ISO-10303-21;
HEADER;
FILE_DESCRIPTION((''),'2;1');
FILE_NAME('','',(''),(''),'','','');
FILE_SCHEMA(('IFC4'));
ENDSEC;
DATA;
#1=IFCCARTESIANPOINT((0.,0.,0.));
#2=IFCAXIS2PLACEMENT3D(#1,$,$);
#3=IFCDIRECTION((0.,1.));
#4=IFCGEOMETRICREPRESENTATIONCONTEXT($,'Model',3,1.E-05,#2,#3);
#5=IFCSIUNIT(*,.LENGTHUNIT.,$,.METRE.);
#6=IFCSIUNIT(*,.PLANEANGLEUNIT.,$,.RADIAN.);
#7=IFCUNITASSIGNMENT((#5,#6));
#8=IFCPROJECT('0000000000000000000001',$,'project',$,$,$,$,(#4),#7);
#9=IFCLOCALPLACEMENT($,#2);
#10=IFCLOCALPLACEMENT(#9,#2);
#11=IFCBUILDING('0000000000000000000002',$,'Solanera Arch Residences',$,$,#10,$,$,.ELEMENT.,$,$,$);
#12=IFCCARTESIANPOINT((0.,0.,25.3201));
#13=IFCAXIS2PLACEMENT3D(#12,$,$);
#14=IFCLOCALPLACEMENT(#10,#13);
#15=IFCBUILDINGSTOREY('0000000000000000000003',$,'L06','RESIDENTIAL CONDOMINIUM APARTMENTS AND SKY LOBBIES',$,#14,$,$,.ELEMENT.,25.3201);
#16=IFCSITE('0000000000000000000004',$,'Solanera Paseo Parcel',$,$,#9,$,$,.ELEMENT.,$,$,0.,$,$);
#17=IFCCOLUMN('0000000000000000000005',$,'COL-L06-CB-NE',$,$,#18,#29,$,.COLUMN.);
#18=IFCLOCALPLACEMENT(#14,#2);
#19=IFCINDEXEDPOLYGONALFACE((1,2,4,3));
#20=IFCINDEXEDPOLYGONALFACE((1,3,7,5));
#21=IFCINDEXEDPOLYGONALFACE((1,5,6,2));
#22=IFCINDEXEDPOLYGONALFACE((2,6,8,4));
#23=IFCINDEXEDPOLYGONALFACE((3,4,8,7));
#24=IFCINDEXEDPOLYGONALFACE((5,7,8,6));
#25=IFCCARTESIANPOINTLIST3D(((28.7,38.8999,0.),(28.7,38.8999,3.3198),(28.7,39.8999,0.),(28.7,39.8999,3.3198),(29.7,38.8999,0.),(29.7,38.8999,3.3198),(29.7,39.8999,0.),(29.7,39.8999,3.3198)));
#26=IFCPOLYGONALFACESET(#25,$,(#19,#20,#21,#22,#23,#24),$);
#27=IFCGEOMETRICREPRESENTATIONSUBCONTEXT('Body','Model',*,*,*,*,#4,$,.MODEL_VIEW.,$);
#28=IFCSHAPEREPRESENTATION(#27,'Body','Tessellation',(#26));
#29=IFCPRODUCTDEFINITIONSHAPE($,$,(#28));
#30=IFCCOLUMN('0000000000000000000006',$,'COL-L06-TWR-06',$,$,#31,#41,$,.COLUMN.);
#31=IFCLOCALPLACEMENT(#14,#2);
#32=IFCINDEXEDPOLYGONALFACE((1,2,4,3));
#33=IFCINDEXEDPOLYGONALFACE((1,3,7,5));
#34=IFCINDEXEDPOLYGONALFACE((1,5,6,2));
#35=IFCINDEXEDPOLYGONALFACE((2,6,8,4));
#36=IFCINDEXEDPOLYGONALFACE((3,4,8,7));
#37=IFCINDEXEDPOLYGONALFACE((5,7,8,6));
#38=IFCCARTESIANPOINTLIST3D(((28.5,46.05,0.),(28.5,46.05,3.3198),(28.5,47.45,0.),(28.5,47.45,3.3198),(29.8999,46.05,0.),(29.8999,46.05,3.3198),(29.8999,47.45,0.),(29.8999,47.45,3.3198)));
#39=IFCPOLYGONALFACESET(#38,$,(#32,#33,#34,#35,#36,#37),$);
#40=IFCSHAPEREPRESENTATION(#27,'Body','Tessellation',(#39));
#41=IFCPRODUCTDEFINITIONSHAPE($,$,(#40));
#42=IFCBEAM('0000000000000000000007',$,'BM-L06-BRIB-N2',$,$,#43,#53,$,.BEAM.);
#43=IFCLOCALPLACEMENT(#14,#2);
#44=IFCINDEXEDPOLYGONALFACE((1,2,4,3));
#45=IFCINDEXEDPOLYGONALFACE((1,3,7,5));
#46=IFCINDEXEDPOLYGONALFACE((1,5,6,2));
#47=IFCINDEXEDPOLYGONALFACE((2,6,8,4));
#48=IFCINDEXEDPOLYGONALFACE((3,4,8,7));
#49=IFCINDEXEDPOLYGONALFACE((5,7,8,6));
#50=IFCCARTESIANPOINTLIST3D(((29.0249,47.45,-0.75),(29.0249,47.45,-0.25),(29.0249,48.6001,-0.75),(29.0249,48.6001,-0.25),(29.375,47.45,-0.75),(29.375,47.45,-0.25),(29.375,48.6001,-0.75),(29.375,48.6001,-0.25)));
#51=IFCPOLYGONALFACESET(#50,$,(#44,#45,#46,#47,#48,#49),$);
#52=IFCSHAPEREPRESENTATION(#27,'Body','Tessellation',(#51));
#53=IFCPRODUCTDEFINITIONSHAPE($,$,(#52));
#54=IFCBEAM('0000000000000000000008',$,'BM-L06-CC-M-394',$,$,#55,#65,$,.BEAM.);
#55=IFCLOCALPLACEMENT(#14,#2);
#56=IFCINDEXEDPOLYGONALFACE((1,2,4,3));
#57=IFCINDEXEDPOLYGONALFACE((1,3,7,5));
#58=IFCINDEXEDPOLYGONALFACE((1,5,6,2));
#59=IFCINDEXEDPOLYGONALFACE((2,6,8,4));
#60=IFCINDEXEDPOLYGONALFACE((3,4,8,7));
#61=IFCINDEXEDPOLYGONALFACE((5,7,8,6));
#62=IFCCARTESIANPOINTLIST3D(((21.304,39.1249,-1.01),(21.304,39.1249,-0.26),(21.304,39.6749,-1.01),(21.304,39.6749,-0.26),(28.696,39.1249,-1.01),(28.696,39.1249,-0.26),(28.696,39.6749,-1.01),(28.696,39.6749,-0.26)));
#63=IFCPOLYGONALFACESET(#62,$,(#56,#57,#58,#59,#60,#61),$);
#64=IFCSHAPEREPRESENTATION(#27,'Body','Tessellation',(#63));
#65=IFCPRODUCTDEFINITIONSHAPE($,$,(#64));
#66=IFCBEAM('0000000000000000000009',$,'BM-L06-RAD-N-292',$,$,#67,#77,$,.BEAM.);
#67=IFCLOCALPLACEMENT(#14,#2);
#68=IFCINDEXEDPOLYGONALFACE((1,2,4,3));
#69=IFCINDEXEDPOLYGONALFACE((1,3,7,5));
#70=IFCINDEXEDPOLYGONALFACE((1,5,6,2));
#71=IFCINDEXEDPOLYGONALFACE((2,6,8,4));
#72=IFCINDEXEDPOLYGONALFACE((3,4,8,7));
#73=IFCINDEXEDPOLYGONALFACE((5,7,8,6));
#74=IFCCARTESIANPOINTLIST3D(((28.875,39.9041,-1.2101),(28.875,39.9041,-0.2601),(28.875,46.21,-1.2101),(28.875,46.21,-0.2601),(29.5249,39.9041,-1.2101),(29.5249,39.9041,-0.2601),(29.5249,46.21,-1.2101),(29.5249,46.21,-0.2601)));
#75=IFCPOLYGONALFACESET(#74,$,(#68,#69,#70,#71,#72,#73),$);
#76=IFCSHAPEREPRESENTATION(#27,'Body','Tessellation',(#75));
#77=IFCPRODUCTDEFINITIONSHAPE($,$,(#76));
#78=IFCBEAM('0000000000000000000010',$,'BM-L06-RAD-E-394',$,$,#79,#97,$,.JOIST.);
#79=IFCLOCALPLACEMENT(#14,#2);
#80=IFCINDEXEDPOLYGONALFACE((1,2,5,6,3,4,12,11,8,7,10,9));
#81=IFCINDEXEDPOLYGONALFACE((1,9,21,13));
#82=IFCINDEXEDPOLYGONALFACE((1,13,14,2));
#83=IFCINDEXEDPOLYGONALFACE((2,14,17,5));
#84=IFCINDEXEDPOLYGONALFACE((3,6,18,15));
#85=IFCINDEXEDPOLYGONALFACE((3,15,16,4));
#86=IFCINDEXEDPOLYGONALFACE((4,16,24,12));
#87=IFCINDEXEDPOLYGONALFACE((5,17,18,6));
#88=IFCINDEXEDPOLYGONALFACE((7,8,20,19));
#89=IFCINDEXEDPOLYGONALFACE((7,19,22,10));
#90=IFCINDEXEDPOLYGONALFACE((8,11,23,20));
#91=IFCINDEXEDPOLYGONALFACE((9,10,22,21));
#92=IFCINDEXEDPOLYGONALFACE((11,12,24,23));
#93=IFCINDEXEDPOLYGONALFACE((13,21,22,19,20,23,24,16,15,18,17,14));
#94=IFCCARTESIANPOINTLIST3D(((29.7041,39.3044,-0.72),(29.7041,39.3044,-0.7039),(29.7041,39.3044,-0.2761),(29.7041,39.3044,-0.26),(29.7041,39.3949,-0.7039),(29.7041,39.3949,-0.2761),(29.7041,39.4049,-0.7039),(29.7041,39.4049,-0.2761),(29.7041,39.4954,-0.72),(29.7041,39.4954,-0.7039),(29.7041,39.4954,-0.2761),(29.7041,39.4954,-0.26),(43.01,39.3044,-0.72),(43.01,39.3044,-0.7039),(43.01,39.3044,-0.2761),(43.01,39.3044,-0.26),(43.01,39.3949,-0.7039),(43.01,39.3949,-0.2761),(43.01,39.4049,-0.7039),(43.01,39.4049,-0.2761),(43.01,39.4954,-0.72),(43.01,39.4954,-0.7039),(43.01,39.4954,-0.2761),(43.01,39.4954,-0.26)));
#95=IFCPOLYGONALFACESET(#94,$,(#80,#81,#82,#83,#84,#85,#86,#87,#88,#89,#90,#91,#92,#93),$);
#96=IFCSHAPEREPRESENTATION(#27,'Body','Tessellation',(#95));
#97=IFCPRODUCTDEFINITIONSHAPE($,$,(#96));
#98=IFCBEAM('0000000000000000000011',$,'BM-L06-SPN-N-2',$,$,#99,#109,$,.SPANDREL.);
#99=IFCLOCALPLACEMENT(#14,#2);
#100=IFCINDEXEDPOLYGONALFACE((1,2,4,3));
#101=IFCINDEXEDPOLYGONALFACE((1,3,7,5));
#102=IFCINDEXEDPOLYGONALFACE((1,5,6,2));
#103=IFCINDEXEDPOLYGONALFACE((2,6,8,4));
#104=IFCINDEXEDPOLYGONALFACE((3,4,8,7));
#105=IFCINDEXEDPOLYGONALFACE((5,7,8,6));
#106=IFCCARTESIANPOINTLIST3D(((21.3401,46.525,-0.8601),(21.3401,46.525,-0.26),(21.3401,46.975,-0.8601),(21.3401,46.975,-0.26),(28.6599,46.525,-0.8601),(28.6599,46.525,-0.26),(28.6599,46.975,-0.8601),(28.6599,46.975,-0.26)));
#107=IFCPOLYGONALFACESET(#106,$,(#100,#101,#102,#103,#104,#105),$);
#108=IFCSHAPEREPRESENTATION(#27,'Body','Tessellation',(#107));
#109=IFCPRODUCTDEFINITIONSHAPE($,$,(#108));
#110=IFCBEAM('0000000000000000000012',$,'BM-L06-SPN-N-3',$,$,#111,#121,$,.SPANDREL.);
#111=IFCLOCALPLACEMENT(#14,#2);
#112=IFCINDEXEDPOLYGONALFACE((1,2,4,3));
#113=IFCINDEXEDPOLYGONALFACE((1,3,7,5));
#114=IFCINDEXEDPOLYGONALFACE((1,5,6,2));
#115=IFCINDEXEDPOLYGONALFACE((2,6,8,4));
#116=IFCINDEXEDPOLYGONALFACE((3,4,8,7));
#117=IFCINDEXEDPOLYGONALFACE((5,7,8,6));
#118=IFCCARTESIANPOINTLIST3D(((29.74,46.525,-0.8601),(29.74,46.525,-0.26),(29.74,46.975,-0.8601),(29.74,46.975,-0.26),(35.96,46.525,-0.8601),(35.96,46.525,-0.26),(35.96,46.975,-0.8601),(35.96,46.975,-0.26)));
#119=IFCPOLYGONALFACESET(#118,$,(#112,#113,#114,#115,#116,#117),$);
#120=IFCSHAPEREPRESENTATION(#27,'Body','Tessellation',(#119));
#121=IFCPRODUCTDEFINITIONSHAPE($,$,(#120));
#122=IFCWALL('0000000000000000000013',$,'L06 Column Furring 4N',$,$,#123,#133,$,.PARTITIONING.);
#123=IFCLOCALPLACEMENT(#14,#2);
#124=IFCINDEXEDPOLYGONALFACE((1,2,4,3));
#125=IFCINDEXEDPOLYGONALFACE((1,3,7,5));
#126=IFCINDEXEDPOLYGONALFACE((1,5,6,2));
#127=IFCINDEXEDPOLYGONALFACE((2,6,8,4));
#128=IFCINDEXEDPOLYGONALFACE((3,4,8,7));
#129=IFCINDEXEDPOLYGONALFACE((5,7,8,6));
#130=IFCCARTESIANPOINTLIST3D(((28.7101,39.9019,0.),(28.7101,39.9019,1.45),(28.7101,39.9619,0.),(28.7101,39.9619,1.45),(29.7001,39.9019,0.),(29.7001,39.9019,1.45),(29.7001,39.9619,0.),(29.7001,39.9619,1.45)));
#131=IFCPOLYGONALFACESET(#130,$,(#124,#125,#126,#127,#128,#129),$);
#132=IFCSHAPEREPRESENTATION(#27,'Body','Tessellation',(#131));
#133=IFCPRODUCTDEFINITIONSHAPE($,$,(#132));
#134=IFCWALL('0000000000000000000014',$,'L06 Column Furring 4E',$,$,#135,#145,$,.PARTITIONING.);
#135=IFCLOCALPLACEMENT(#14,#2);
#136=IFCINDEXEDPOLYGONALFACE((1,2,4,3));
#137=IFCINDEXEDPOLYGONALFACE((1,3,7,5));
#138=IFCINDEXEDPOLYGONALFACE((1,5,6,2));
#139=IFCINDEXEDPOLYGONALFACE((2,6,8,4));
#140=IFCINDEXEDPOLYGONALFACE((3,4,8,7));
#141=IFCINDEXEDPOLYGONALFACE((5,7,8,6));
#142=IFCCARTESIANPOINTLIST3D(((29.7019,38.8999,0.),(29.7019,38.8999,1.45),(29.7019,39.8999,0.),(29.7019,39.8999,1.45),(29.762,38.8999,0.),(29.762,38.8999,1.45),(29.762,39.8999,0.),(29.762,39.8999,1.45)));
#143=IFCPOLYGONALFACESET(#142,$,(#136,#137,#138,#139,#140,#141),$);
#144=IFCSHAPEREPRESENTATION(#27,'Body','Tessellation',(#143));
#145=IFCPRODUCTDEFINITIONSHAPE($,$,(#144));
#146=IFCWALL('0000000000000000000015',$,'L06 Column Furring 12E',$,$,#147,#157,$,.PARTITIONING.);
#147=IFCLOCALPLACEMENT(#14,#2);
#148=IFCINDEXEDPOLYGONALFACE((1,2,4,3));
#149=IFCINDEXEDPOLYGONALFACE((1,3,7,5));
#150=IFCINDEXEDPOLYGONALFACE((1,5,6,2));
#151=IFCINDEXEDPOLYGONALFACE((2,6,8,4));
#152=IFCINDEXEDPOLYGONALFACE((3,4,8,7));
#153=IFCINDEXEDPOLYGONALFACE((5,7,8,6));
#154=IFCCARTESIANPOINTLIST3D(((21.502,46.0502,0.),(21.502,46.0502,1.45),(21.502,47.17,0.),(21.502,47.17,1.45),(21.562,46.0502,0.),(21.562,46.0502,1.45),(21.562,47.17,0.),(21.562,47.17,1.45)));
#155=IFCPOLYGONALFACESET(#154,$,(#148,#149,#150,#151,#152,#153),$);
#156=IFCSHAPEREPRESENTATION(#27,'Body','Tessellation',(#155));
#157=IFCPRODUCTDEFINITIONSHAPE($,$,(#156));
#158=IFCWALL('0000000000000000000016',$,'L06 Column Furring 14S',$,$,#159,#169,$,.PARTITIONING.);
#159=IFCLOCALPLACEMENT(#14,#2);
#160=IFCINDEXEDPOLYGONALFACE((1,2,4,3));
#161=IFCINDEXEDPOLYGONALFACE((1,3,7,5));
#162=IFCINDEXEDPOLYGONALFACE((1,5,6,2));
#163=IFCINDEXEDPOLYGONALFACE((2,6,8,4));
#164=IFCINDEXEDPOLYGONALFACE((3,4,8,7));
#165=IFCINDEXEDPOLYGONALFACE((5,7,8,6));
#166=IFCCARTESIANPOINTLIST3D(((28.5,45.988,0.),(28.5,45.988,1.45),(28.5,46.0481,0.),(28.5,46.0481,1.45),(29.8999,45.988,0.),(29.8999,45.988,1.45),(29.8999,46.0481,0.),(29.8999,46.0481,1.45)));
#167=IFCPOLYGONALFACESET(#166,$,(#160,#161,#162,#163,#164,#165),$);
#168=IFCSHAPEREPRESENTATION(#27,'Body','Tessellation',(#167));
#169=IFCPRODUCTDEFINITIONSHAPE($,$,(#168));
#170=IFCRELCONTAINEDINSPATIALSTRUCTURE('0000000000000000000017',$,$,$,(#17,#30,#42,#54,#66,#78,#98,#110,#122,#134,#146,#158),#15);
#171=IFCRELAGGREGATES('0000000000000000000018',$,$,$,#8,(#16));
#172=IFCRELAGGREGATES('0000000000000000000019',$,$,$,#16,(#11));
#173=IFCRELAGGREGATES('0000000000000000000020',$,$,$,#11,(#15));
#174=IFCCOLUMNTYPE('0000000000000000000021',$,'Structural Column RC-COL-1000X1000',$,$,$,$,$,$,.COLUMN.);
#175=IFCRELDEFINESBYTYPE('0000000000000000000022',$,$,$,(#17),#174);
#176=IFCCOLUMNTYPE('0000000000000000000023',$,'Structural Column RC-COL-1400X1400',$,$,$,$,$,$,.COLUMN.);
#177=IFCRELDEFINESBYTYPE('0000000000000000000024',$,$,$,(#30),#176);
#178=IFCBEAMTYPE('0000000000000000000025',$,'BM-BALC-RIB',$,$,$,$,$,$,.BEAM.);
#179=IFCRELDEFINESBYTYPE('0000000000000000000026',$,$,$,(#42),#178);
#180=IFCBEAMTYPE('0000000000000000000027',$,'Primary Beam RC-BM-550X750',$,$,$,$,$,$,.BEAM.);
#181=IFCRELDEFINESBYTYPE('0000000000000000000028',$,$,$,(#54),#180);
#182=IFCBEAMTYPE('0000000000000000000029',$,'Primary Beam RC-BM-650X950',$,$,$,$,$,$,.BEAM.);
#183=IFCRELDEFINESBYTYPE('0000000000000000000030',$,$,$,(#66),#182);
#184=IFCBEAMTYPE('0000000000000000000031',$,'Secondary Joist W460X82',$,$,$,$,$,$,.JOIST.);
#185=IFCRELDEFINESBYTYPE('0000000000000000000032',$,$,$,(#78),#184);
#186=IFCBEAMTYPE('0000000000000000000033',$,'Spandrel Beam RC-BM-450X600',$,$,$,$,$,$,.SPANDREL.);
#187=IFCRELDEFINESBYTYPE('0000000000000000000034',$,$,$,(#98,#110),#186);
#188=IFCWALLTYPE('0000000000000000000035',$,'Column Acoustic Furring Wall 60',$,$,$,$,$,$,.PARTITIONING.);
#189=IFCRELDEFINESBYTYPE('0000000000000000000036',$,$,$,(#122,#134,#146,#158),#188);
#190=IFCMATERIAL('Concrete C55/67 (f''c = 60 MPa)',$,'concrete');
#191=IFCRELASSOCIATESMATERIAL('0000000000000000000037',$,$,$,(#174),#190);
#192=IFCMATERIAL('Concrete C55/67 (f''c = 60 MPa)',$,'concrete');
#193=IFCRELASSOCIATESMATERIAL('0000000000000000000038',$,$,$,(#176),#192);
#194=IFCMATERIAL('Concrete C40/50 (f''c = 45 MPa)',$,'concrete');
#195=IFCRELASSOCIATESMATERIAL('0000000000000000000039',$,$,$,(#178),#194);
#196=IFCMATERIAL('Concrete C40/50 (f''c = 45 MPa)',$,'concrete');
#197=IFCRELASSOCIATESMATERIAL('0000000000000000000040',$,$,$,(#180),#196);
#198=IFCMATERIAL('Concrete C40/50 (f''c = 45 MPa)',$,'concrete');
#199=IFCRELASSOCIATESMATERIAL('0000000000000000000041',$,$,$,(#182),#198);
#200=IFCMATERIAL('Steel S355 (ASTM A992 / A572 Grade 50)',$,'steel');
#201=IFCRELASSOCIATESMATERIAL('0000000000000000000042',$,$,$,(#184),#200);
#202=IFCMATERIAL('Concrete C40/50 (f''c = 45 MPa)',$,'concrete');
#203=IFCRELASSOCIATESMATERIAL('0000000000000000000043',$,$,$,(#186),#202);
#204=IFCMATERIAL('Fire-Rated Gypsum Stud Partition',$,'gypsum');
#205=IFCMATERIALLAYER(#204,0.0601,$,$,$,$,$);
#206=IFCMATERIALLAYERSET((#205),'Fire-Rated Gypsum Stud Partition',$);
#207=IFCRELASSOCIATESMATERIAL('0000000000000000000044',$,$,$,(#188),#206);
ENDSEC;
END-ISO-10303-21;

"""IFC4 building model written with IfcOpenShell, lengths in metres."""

from ifc_helpers import new_model, si_unit, direction, frame, frame_2d, origin, origin_2d, place, context, subcontext, project, spatial, rectangle, i_section, extrude, material, layer, layer_set, material_profile, profile_set, type_object, element, save


model = new_model("IFC4")

# Units and contexts
model_context = context("Model", 3, precision=1e-05, world=origin(), true_north=direction((0.0, 1.0)))
body_context = subcontext(model_context, "Body", "Model", "MODEL_VIEW")
ifc_project = project(units=[si_unit("LENGTHUNIT", "METRE"), si_unit("PLANEANGLEUNIT", "RADIAN")], contexts=[model_context])

# Site, building, storey
site_placement = place(None, origin())
site = spatial("IfcSite", under=ifc_project, at=site_placement, Name="Solanera Paseo Parcel", CompositionType="ELEMENT", RefElevation=0.0)
building_placement = place(site_placement, origin())
building = spatial("IfcBuilding", under=site, at=building_placement, Name="Solanera Arch Residences", CompositionType="ELEMENT")
storey_placement = place(building_placement, frame((0.0, 0.0, 25.3201)))
storey = spatial("IfcBuildingStorey", under=building, at=storey_placement, Name="L06", Description="RESIDENTIAL CONDOMINIUM APARTMENTS AND SKY LOBBIES", CompositionType="ELEMENT", Elevation=25.3201)

# Columns
ifc_material_1 = material(Name="Concrete C55/67 (f'c = 60 MPa)", Category="concrete")
ifc_material_profile_1 = material_profile(ifc_material_1, rectangle(XDim=1.0, YDim=1.0, at=origin_2d()))
ifc_profile_set_1 = profile_set([ifc_material_profile_1], Name="Concrete C55/67 (f'c = 60 MPa)")
column_type_1 = type_object("IfcColumnType", Name="Structural Column RC-COL-1000X1000", PredefinedType="COLUMN", material=ifc_profile_set_1)
column_1_placement = place(storey_placement, frame((29.2, 39.3999, 0.0), z_axis=(0.0, 0.0, 1.0), x_axis=(1.0, 0.0, 0.0)))
element("IfcColumn", 1, at=column_1_placement, inside=storey, type_object=column_type_1, Name="COL-L06-CB-NE", PredefinedType="COLUMN", context=body_context, shape_type="SweptSolid", body=[
    extrude(rectangle(XDim=1.0, YDim=1.0, at=origin_2d()), origin(), (0.0, 0.0, 1.0), 3.3198),
])
ifc_material_2 = material(Name="Concrete C55/67 (f'c = 60 MPa)", Category="concrete")
ifc_material_profile_2 = material_profile(ifc_material_2, rectangle(XDim=1.3999, YDim=1.3999, at=origin_2d()))
ifc_profile_set_2 = profile_set([ifc_material_profile_2], Name="Concrete C55/67 (f'c = 60 MPa)")
column_type_2 = type_object("IfcColumnType", Name="Structural Column RC-COL-1400X1400", PredefinedType="COLUMN", material=ifc_profile_set_2)
column_2_placement = place(storey_placement, frame((29.2, 46.75, 0.0), z_axis=(0.0, 0.0, 1.0), x_axis=(1.0, 0.0, 0.0)))
element("IfcColumn", 2, at=column_2_placement, inside=storey, type_object=column_type_2, Name="COL-L06-TWR-06", PredefinedType="COLUMN", context=body_context, shape_type="SweptSolid", body=[
    extrude(rectangle(XDim=1.3999, YDim=1.3999, at=origin_2d()), origin(), (0.0, 0.0, 1.0), 3.3198),
])

# Beams
ifc_material_3 = material(Name="Concrete C40/50 (f'c = 45 MPa)", Category="concrete")
ifc_material_profile_3 = material_profile(ifc_material_3, rectangle(XDim=0.3501, YDim=0.5, at=origin_2d()))
ifc_profile_set_3 = profile_set([ifc_material_profile_3], Name="Concrete C40/50 (f'c = 45 MPa)")
beam_type_1 = type_object("IfcBeamType", Name="BM-BALC-RIB", PredefinedType="BEAM", material=ifc_profile_set_3)
beam_1_placement = place(storey_placement, frame((29.2, 47.45, -0.5), z_axis=(0.0, 1.0, 0.0), x_axis=(-1.0, 0.0, 0.0)))
element("IfcBeam", 3, at=beam_1_placement, inside=storey, type_object=beam_type_1, Name="BM-L06-BRIB-N2", PredefinedType="BEAM", context=body_context, shape_type="SweptSolid", body=[
    extrude(rectangle(XDim=0.3501, YDim=0.5, at=origin_2d()), origin(), (0.0, 0.0, 1.0), 1.1501),
])
ifc_material_4 = material(Name="Concrete C40/50 (f'c = 45 MPa)", Category="concrete")
ifc_material_profile_4 = material_profile(ifc_material_4, rectangle(XDim=0.55, YDim=0.75, at=origin_2d()))
ifc_profile_set_4 = profile_set([ifc_material_profile_4], Name="Concrete C40/50 (f'c = 45 MPa)")
beam_type_2 = type_object("IfcBeamType", Name="Primary Beam RC-BM-550X750", PredefinedType="BEAM", material=ifc_profile_set_4)
beam_2_placement = place(storey_placement, frame((21.304, 39.3999, -0.635), z_axis=(1.0, 0.0, 0.0), x_axis=(0.0, 1.0, 0.0)))
element("IfcBeam", 4, at=beam_2_placement, inside=storey, type_object=beam_type_2, Name="BM-L06-CC-M-394", PredefinedType="BEAM", context=body_context, shape_type="SweptSolid", body=[
    extrude(rectangle(XDim=0.55, YDim=0.75, at=origin_2d()), origin(), (0.0, 0.0, 1.0), 7.3921),
])
ifc_material_5 = material(Name="Concrete C40/50 (f'c = 45 MPa)", Category="concrete")
ifc_material_profile_5 = material_profile(ifc_material_5, rectangle(XDim=0.6499, YDim=0.95, at=origin_2d()))
ifc_profile_set_5 = profile_set([ifc_material_profile_5], Name="Concrete C40/50 (f'c = 45 MPa)")
beam_type_3 = type_object("IfcBeamType", Name="Primary Beam RC-BM-650X950", PredefinedType="BEAM", material=ifc_profile_set_5)
beam_3_placement = place(storey_placement, frame((29.2, 39.9041, -0.7351), z_axis=(0.0, 1.0, 0.0), x_axis=(-1.0, 0.0, 0.0)))
element("IfcBeam", 5, at=beam_3_placement, inside=storey, type_object=beam_type_3, Name="BM-L06-RAD-N-292", PredefinedType="BEAM", context=body_context, shape_type="SweptSolid", body=[
    extrude(rectangle(XDim=0.6499, YDim=0.95, at=origin_2d()), origin(), (0.0, 0.0, 1.0), 6.3059),
])
ifc_material_6 = material(Name="Steel S355 (ASTM A992 / A572 Grade 50)", Category="steel")
ifc_material_profile_6 = material_profile(ifc_material_6, i_section(OverallWidth=0.1909, OverallDepth=0.46, WebThickness=0.01, FlangeThickness=0.0161, at=origin_2d()))
ifc_profile_set_6 = profile_set([ifc_material_profile_6], Name="Steel S355 (ASTM A992 / A572 Grade 50)")
beam_type_4 = type_object("IfcBeamType", Name="Secondary Joist W460X82", PredefinedType="JOIST", material=ifc_profile_set_6)
beam_4_placement = place(storey_placement, frame((29.7041, 39.3999, -0.49), z_axis=(1.0, 0.0, 0.0), x_axis=(0.0, 1.0, 0.0)))
element("IfcBeam", 6, at=beam_4_placement, inside=storey, type_object=beam_type_4, Name="BM-L06-RAD-E-394", PredefinedType="JOIST", context=body_context, shape_type="SweptSolid", body=[
    extrude(i_section(OverallWidth=0.1909, OverallDepth=0.46, WebThickness=0.01, FlangeThickness=0.0161, at=origin_2d()), origin(), (0.0, 0.0, 1.0), 13.3059),
])
ifc_material_7 = material(Name="Concrete C40/50 (f'c = 45 MPa)", Category="concrete")
ifc_material_profile_7 = material_profile(ifc_material_7, rectangle(XDim=0.45, YDim=0.6001, at=origin_2d()))
ifc_profile_set_7 = profile_set([ifc_material_profile_7], Name="Concrete C40/50 (f'c = 45 MPa)")
beam_type_5 = type_object("IfcBeamType", Name="Spandrel Beam RC-BM-450X600", PredefinedType="SPANDREL", material=ifc_profile_set_7)
beam_5_placement = place(storey_placement, frame((21.3401, 46.75, -0.5601), z_axis=(1.0, 0.0, 0.0), x_axis=(0.0, 1.0, 0.0)))
element("IfcBeam", 7, at=beam_5_placement, inside=storey, type_object=beam_type_5, Name="BM-L06-SPN-N-2", PredefinedType="SPANDREL", context=body_context, shape_type="SweptSolid", body=[
    extrude(rectangle(XDim=0.45, YDim=0.6001, at=origin_2d()), origin(), (0.0, 0.0, 1.0), 7.3198),
])
beam_6_placement = place(storey_placement, frame((29.74, 46.75, -0.5601), z_axis=(1.0, 0.0, 0.0), x_axis=(0.0, 1.0, 0.0)))
element("IfcBeam", 8, at=beam_6_placement, inside=storey, type_object=beam_type_5, Name="BM-L06-SPN-N-3", PredefinedType="SPANDREL", context=body_context, shape_type="SweptSolid", body=[
    extrude(rectangle(XDim=0.45, YDim=0.6001, at=origin_2d()), origin(), (0.0, 0.0, 1.0), 6.22),
])

# Walls
ifc_material_8 = material(Name="Fire-Rated Gypsum Stud Partition", Category="gypsum")
ifc_layer_1 = layer(ifc_material_8, 0.0601)
ifc_layer_set_1 = layer_set([ifc_layer_1], Name="Fire-Rated Gypsum Stud Partition")
wall_type_1 = type_object("IfcWallType", Name="Column Acoustic Furring Wall 60", PredefinedType="PARTITIONING", material=ifc_layer_set_1)
wall_1_placement = place(storey_placement, frame((28.71, 39.9319, 0.0), z_axis=(0.0, 0.0, 1.0), x_axis=(1.0, 0.0, 0.0)))
element("IfcWall", 9, at=wall_1_placement, inside=storey, type_object=wall_type_1, Name="L06 Column Furring 4N", PredefinedType="PARTITIONING", context=body_context, shape_type="SweptSolid", body=[
    extrude(rectangle(XDim=0.99, YDim=0.0601, at=frame_2d((0.4951, 0.0))), origin(), (0.0, 0.0, 1.0), 1.45),
])
wall_2_placement = place(storey_placement, frame((29.7319, 38.8999, 0.0), z_axis=(0.0, 0.0, 1.0), x_axis=(0.0, 1.0, 0.0)))
element("IfcWall", 10, at=wall_2_placement, inside=storey, type_object=wall_type_1, Name="L06 Column Furring 4E", PredefinedType="PARTITIONING", context=body_context, shape_type="SweptSolid", body=[
    extrude(rectangle(XDim=1.0, YDim=0.0601, at=frame_2d((0.5, 0.0))), origin(), (0.0, 0.0, 1.0), 1.45),
])
wall_3_placement = place(storey_placement, frame((21.532, 46.05, 0.0), z_axis=(0.0, 0.0, 1.0), x_axis=(0.0, 1.0, 0.0)))
element("IfcWall", 11, at=wall_3_placement, inside=storey, type_object=wall_type_1, Name="L06 Column Furring 12E", PredefinedType="PARTITIONING", context=body_context, shape_type="SweptSolid", body=[
    extrude(rectangle(XDim=1.1199, YDim=0.0601, at=frame_2d((0.5601, 0.0))), origin(), (0.0, 0.0, 1.0), 1.45),
])
wall_4_placement = place(storey_placement, frame((28.5, 46.0181, 0.0), z_axis=(0.0, 0.0, 1.0), x_axis=(1.0, 0.0, 0.0)))
element("IfcWall", 12, at=wall_4_placement, inside=storey, type_object=wall_type_1, Name="L06 Column Furring 14S", PredefinedType="PARTITIONING", context=body_context, shape_type="SweptSolid", body=[
    extrude(rectangle(XDim=1.3999, YDim=0.0601, at=frame_2d((0.7, 0.0))), origin(), (0.0, 0.0, 1.0), 1.45),
])

save(model, "model.ifc")
